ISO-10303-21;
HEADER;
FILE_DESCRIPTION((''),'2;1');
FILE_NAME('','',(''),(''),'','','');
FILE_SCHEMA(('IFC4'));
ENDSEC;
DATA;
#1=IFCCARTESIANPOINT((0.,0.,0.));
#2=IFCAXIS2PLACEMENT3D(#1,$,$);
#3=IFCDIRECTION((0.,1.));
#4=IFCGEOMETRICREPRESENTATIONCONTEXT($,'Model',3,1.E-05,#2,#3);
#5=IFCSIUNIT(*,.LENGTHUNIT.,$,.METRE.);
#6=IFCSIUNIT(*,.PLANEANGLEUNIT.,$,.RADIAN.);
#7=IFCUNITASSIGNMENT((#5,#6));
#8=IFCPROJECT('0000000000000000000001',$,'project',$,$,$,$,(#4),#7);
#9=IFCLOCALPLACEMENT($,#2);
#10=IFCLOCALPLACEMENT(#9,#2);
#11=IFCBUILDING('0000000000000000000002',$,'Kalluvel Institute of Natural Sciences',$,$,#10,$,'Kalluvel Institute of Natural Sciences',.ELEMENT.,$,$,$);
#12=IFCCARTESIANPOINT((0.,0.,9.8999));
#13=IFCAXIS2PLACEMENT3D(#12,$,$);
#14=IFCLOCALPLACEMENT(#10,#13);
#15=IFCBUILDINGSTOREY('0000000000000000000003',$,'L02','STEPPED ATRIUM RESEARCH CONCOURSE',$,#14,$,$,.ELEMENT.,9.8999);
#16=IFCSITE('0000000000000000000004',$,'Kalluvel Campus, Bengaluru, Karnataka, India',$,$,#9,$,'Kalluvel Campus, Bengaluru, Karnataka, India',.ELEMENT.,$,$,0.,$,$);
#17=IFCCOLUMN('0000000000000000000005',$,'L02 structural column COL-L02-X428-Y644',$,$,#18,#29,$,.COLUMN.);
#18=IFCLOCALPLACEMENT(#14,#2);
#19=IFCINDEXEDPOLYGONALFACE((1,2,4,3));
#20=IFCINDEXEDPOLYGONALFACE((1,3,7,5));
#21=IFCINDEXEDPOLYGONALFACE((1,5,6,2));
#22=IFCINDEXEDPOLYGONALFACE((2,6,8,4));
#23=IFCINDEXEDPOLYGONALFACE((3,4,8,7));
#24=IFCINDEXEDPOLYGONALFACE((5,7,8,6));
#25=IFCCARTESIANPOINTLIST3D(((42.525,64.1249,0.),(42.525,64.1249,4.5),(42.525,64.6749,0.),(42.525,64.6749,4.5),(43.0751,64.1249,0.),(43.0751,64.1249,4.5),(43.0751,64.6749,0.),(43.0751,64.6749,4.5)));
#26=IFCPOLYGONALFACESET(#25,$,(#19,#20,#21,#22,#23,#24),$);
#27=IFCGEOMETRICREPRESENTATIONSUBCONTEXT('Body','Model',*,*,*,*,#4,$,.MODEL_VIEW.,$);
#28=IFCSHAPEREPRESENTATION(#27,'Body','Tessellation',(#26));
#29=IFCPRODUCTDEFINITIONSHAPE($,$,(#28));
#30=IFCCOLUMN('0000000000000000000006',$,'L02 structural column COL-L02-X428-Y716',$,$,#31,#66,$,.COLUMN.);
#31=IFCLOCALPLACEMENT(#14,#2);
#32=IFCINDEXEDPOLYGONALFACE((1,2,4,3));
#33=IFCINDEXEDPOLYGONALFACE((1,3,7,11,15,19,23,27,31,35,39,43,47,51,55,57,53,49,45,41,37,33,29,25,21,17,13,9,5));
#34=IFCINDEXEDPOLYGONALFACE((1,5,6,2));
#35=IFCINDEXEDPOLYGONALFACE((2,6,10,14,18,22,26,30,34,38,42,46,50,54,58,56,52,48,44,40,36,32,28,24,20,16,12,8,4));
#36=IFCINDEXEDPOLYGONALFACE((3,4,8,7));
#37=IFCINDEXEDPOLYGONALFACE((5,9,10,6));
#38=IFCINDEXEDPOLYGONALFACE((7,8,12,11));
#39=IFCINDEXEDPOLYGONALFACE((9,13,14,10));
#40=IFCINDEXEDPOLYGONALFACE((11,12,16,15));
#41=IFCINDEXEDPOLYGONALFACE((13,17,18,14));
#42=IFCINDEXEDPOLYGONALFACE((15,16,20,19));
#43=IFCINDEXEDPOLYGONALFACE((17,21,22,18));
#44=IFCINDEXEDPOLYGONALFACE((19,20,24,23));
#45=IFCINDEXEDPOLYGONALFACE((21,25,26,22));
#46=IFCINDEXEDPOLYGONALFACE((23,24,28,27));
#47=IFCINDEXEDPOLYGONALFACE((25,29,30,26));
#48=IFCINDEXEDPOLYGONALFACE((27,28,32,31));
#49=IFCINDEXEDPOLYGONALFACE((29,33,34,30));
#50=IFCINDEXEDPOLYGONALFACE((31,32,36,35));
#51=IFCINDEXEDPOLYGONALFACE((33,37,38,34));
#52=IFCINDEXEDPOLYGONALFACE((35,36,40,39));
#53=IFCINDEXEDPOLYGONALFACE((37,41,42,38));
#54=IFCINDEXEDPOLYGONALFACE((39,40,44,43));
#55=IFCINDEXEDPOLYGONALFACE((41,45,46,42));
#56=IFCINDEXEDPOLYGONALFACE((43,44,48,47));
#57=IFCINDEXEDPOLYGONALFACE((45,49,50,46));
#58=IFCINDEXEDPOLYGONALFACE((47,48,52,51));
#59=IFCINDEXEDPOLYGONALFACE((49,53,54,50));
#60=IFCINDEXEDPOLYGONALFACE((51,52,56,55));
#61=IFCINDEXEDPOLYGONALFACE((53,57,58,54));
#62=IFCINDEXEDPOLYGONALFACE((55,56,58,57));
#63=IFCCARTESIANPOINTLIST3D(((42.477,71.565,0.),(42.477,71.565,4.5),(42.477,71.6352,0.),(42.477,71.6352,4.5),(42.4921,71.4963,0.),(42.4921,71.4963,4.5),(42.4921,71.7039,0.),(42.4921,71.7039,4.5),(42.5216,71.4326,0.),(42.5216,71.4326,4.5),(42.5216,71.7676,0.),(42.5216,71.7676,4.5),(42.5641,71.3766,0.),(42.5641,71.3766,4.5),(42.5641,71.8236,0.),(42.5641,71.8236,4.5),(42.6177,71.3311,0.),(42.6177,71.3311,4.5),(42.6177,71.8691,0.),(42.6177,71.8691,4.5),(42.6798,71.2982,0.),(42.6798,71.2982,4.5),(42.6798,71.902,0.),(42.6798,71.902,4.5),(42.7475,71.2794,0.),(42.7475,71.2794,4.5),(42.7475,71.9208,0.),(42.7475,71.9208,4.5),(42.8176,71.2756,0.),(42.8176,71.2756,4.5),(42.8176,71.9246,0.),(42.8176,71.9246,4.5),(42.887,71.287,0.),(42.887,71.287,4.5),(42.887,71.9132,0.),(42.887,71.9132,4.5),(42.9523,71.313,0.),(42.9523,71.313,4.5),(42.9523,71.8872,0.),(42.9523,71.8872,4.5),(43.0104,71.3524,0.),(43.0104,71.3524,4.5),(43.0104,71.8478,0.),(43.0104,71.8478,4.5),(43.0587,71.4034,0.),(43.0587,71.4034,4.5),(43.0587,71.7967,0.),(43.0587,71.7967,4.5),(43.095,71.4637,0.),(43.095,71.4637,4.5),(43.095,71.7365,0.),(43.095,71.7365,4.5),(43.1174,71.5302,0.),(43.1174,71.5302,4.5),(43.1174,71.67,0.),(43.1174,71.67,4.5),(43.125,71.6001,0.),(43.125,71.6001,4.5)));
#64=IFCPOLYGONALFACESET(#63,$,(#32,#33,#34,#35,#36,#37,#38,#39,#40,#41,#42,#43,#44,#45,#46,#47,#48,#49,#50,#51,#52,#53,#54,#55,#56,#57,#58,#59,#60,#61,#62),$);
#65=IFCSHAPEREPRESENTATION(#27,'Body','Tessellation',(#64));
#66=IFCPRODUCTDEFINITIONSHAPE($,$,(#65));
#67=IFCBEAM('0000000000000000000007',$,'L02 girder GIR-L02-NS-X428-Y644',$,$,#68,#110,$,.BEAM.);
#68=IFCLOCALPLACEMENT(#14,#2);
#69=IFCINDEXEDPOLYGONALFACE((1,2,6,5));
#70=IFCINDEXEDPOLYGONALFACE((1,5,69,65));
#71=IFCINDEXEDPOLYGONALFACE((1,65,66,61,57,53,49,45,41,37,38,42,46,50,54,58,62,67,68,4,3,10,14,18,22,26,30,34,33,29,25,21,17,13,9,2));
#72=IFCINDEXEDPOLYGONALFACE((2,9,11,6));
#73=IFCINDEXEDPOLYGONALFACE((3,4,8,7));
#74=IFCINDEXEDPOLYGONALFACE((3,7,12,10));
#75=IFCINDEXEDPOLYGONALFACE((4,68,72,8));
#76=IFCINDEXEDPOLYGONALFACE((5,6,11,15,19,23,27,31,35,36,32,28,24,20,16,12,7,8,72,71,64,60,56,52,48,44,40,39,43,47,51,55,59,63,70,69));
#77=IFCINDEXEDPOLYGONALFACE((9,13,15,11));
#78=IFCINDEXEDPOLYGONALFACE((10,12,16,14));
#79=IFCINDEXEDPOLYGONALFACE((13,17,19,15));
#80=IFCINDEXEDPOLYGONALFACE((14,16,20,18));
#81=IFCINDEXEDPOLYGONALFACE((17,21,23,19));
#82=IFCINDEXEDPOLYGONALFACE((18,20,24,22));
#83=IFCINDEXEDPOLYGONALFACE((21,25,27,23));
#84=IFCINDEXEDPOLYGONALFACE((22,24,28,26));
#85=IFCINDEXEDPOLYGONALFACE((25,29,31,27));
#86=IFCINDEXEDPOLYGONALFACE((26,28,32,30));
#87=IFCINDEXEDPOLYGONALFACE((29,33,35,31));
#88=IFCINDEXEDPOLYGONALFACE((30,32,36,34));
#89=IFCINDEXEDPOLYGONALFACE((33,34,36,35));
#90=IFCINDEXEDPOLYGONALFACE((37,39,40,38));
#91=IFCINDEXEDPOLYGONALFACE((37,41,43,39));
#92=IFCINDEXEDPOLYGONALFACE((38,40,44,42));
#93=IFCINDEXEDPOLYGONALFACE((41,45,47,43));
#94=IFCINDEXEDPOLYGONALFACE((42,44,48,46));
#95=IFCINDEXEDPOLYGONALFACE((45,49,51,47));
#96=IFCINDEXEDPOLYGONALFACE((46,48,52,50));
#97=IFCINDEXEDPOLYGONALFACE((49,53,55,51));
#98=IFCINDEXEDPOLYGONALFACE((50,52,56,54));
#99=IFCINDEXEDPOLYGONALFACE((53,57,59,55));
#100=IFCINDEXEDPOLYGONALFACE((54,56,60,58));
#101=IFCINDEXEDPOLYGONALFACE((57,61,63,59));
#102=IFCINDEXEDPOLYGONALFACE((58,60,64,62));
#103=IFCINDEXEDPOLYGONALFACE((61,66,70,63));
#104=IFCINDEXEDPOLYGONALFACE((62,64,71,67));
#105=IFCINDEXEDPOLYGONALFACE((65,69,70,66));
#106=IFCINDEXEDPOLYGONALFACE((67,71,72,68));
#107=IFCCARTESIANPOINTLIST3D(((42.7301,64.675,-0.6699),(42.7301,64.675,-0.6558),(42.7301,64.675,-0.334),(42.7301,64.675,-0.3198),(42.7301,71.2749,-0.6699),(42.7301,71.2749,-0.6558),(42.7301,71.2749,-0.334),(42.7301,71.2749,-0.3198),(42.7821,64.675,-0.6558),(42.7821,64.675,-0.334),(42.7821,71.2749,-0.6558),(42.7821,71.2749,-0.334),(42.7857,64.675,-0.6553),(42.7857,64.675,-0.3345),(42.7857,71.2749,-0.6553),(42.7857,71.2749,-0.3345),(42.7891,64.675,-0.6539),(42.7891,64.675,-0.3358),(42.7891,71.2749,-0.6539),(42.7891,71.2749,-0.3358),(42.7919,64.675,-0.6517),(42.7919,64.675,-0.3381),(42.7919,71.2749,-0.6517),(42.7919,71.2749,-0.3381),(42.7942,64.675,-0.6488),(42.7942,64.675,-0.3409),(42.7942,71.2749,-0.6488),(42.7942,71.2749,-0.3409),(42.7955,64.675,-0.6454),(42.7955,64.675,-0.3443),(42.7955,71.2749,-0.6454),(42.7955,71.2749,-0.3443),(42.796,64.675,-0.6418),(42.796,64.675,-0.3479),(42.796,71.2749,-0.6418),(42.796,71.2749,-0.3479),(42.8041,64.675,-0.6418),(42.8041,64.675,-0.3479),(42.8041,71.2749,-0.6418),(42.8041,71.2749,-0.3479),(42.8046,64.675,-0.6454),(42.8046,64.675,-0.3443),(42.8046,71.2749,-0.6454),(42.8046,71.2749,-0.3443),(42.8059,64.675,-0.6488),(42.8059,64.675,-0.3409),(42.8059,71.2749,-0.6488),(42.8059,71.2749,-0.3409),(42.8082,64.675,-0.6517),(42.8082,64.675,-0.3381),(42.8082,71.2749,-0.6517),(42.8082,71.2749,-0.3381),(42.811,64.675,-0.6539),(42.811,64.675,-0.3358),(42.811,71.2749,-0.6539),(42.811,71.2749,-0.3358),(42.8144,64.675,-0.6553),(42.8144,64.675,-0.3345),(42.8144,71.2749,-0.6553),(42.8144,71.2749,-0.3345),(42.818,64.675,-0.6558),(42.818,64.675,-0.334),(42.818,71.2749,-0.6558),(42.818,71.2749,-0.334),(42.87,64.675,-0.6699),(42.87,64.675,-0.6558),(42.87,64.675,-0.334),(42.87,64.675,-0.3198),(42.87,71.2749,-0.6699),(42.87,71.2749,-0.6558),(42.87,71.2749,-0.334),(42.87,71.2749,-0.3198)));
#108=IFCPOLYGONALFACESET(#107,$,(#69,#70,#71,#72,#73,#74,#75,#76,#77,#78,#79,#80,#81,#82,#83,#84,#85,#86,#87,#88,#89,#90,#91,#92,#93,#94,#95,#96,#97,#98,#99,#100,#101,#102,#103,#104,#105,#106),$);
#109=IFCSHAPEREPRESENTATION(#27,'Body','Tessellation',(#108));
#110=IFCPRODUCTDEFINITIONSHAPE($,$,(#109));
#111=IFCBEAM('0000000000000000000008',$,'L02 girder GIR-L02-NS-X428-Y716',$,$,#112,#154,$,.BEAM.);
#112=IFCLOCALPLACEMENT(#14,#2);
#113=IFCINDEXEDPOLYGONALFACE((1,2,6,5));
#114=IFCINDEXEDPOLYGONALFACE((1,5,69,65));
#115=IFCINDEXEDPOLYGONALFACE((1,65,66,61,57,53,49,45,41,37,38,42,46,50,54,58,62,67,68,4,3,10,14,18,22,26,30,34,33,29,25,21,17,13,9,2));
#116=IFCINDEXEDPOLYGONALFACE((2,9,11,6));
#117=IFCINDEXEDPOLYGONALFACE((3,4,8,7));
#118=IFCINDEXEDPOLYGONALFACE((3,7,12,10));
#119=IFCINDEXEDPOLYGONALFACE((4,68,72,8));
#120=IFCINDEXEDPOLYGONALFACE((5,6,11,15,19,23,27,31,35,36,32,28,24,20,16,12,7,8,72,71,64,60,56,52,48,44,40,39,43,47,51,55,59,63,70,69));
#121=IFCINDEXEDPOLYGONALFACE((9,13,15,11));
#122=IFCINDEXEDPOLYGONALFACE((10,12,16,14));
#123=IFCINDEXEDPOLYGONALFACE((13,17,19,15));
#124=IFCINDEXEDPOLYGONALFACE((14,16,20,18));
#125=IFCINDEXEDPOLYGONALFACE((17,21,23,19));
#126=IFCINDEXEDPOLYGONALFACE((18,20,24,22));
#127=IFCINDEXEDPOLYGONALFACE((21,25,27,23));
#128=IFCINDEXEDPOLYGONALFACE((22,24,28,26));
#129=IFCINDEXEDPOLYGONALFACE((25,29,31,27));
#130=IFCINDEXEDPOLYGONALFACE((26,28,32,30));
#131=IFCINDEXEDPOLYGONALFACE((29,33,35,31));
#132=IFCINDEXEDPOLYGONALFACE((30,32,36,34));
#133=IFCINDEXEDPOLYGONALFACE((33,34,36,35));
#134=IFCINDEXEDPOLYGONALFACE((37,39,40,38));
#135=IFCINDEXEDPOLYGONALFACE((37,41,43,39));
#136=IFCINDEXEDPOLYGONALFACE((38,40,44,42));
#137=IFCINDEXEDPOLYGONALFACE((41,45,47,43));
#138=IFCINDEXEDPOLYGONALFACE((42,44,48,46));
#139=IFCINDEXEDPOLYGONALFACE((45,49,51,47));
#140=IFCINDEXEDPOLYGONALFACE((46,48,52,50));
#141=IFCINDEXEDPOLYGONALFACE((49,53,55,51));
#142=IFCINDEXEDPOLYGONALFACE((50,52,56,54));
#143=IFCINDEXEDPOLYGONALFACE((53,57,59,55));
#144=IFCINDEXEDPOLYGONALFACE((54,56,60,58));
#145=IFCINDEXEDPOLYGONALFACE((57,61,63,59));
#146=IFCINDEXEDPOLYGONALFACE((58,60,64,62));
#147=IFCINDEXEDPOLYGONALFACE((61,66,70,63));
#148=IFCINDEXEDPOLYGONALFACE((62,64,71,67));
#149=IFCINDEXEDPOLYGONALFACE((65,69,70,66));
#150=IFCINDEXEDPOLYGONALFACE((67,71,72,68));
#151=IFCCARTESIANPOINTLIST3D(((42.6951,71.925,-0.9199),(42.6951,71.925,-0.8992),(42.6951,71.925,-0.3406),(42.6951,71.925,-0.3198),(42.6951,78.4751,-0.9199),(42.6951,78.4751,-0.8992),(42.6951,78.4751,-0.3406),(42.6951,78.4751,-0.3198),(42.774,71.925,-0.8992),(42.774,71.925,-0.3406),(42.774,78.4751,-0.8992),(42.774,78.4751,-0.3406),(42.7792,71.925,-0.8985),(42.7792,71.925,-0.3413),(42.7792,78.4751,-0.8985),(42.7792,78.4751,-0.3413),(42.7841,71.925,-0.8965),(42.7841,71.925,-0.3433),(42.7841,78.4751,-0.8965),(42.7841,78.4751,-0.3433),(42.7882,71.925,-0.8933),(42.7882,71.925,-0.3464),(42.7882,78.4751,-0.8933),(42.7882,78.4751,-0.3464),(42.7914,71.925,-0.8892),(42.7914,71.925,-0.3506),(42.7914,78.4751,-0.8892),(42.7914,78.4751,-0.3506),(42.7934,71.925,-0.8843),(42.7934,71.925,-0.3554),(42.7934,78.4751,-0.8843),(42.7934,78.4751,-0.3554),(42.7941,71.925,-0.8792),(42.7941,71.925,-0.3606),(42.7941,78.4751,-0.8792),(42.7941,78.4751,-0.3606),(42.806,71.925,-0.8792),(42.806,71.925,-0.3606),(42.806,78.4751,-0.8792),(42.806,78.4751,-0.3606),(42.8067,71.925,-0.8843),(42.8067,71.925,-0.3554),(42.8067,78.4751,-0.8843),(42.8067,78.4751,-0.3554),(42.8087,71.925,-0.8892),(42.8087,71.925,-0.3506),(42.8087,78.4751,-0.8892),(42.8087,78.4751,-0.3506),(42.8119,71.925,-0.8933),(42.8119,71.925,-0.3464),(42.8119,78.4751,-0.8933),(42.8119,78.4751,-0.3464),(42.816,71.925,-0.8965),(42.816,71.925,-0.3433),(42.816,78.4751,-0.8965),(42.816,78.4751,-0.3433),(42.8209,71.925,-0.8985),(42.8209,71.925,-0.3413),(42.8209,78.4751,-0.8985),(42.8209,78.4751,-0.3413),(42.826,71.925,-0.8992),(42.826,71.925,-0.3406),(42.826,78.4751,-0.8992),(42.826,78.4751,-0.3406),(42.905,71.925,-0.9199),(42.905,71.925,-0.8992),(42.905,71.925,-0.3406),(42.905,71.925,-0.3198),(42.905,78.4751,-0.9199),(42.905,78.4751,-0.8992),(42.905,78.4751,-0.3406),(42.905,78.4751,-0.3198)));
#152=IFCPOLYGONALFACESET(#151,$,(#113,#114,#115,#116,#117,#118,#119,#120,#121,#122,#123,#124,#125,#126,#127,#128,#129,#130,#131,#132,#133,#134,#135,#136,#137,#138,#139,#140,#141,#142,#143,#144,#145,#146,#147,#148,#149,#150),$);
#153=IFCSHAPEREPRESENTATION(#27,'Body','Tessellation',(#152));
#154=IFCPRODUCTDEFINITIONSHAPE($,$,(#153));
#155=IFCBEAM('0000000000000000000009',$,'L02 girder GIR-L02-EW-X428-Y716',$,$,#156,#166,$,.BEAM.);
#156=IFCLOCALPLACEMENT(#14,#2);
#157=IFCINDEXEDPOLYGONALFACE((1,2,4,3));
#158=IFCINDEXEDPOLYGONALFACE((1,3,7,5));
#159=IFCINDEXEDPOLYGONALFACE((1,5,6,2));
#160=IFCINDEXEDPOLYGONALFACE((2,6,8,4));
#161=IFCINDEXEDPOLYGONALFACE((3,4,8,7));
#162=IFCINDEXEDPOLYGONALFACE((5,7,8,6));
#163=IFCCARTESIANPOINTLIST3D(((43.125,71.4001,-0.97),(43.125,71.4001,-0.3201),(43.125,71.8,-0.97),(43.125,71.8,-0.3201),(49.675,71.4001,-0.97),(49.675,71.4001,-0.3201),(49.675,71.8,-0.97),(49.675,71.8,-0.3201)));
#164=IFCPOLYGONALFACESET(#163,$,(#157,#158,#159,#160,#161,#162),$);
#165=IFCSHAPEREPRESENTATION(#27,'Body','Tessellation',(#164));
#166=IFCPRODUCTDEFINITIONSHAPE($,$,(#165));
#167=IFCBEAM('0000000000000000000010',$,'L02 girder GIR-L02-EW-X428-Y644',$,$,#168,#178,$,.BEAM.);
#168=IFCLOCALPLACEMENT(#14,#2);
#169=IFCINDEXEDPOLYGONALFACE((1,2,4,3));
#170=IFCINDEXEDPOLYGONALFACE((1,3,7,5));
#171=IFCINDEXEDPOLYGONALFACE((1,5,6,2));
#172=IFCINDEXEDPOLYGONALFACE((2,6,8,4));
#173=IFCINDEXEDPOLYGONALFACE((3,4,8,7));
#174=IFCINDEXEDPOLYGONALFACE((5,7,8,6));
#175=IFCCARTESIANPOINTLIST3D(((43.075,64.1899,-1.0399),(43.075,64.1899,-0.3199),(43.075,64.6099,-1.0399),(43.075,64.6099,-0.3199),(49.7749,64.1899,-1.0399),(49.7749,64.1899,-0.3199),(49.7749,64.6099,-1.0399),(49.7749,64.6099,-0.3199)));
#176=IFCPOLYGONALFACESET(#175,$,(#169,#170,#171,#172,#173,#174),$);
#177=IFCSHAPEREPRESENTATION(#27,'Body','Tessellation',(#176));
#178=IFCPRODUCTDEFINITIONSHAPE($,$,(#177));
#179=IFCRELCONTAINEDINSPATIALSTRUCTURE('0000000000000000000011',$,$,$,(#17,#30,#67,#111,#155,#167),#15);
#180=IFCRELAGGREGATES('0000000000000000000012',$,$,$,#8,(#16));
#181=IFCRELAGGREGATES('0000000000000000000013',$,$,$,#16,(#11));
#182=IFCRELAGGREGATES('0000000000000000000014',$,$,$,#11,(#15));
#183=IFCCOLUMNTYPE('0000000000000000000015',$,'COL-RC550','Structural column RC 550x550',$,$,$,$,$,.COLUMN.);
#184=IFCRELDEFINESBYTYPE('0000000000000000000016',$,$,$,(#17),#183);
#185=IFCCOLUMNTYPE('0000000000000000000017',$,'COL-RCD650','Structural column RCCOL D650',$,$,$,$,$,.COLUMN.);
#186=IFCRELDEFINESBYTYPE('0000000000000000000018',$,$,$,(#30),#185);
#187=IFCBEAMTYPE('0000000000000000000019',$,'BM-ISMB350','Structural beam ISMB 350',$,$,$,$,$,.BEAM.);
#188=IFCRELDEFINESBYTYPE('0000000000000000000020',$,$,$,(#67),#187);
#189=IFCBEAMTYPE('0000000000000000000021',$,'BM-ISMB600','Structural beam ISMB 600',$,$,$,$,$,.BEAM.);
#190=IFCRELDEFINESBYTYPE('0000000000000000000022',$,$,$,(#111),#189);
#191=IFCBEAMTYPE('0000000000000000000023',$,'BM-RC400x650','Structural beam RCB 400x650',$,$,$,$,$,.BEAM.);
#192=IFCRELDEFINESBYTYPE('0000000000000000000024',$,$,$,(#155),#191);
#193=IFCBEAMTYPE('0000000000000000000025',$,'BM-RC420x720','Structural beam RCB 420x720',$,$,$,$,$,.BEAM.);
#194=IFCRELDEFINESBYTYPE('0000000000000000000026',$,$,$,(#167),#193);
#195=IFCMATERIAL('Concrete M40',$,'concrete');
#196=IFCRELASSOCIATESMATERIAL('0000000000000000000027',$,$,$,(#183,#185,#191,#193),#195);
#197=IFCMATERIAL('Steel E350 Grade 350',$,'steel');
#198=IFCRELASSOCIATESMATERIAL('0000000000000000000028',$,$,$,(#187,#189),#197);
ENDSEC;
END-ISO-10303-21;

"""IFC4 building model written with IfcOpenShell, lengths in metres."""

from ifc_helpers import new_model, si_unit, direction, frame, origin, origin_2d, place, context, subcontext, project, spatial, rectangle, circle, i_section, extrude, material, material_profile, profile_set, type_object, element, save


model = new_model("IFC4")

# Units and contexts
model_context = context("Model", 3, precision=1e-05, world=origin(), true_north=direction((0.0, 1.0)))
body_context = subcontext(model_context, "Body", "Model", "MODEL_VIEW")
ifc_project = project(units=[si_unit("LENGTHUNIT", "METRE"), si_unit("PLANEANGLEUNIT", "RADIAN")], contexts=[model_context])

# Site, building, storey
site_placement = place(None, origin())
site = spatial("IfcSite", under=ifc_project, at=site_placement, Name="Kalluvel Campus, Bengaluru, Karnataka, India", LongName="Kalluvel Campus, Bengaluru, Karnataka, India", CompositionType="ELEMENT", RefElevation=0.0)
building_placement = place(site_placement, origin())
building = spatial("IfcBuilding", under=site, at=building_placement, Name="Kalluvel Institute of Natural Sciences", LongName="Kalluvel Institute of Natural Sciences", CompositionType="ELEMENT")
storey_placement = place(building_placement, frame((0.0, 0.0, 9.8999)))
storey = spatial("IfcBuildingStorey", under=building, at=storey_placement, Name="L02", Description="STEPPED ATRIUM RESEARCH CONCOURSE", CompositionType="ELEMENT", Elevation=9.8999)

# Columns
ifc_material_1 = material(Name="Concrete M40", Category="concrete")
ifc_material_profile_1 = material_profile(ifc_material_1, rectangle(XDim=0.55, YDim=0.55, at=origin_2d()), Name="RC 550x550")
ifc_profile_set_1 = profile_set([ifc_material_profile_1], Name="Concrete M40")
column_type_1 = type_object("IfcColumnType", Name="COL-RC550", Description="Structural column RC 550x550", PredefinedType="COLUMN", material=ifc_profile_set_1)
column_1_placement = place(storey_placement, frame((42.8, 64.3999, 0.0), z_axis=(0.0, 0.0, 1.0), x_axis=(1.0, 0.0, 0.0)))
element("IfcColumn", 1, at=column_1_placement, inside=storey, type_object=column_type_1, Name="L02 structural column COL-L02-X428-Y644", PredefinedType="COLUMN", context=body_context, shape_type="SweptSolid", body=[
    extrude(rectangle(XDim=0.55, YDim=0.55, at=origin_2d()), origin(), (0.0, 0.0, 1.0), 4.5),
])
ifc_material_profile_2 = material_profile(ifc_material_1, circle(Radius=0.325, at=origin_2d()), Name="RCCOL D650")
ifc_profile_set_2 = profile_set([ifc_material_profile_2], Name="Concrete M40")
column_type_2 = type_object("IfcColumnType", Name="COL-RCD650", Description="Structural column RCCOL D650", PredefinedType="COLUMN", material=ifc_profile_set_2)
column_2_placement = place(storey_placement, frame((42.8, 71.6001, 0.0), z_axis=(0.0, 0.0, 1.0), x_axis=(1.0, 0.0, 0.0)))
element("IfcColumn", 2, at=column_2_placement, inside=storey, type_object=column_type_2, Name="L02 structural column COL-L02-X428-Y716", PredefinedType="COLUMN", context=body_context, shape_type="SweptSolid", body=[
    extrude(circle(Radius=0.325, at=origin_2d()), origin(), (0.0, 0.0, 1.0), 4.5),
])

# Beams
ifc_material_2 = material(Name="Steel E350 Grade 350", Category="steel")
ifc_material_profile_3 = material_profile(ifc_material_2, i_section(OverallWidth=0.1399, OverallDepth=0.3501, WebThickness=0.0081, FlangeThickness=0.0142, FilletRadius=0.0139, at=origin_2d()), Name="ISMB 350")
ifc_profile_set_3 = profile_set([ifc_material_profile_3], Name="Steel E350 Grade 350")
beam_type_1 = type_object("IfcBeamType", Name="BM-ISMB350", Description="Structural beam ISMB 350", PredefinedType="BEAM", material=ifc_profile_set_3)
beam_1_placement = place(storey_placement, frame((42.8, 64.675, -0.4949), z_axis=(0.0, 1.0, 0.0), x_axis=(-1.0, 0.0, 0.0)))
element("IfcBeam", 3, at=beam_1_placement, inside=storey, type_object=beam_type_1, Name="L02 girder GIR-L02-NS-X428-Y644", PredefinedType="BEAM", context=body_context, shape_type="SweptSolid", body=[
    extrude(i_section(OverallWidth=0.1399, OverallDepth=0.3501, WebThickness=0.0081, FlangeThickness=0.0142, FilletRadius=0.0139, at=origin_2d()), origin(), (0.0, 0.0, 1.0), 6.5999),
])
ifc_material_profile_4 = material_profile(ifc_material_2, i_section(OverallWidth=0.21, OverallDepth=0.6001, WebThickness=0.012, FlangeThickness=0.0208, FilletRadius=0.02, at=origin_2d()), Name="ISMB 600")
ifc_profile_set_4 = profile_set([ifc_material_profile_4], Name="Steel E350 Grade 350")
beam_type_2 = type_object("IfcBeamType", Name="BM-ISMB600", Description="Structural beam ISMB 600", PredefinedType="BEAM", material=ifc_profile_set_4)
beam_2_placement = place(storey_placement, frame((42.8, 71.925, -0.6199), z_axis=(0.0, 1.0, 0.0), x_axis=(-1.0, 0.0, 0.0)))
element("IfcBeam", 4, at=beam_2_placement, inside=storey, type_object=beam_type_2, Name="L02 girder GIR-L02-NS-X428-Y716", PredefinedType="BEAM", context=body_context, shape_type="SweptSolid", body=[
    extrude(i_section(OverallWidth=0.21, OverallDepth=0.6001, WebThickness=0.012, FlangeThickness=0.0208, FilletRadius=0.02, at=origin_2d()), origin(), (0.0, 0.0, 1.0), 6.55),
])
ifc_material_profile_5 = material_profile(ifc_material_1, rectangle(XDim=0.3999, YDim=0.6499, at=origin_2d()), Name="RCB 400x650")
ifc_profile_set_5 = profile_set([ifc_material_profile_5], Name="Concrete M40")
beam_type_3 = type_object("IfcBeamType", Name="BM-RC400x650", Description="Structural beam RCB 400x650", PredefinedType="BEAM", material=ifc_profile_set_5)
beam_3_placement = place(storey_placement, frame((43.125, 71.6001, -0.645), z_axis=(1.0, 0.0, 0.0), x_axis=(0.0, 1.0, 0.0)))
element("IfcBeam", 5, at=beam_3_placement, inside=storey, type_object=beam_type_3, Name="L02 girder GIR-L02-EW-X428-Y716", PredefinedType="BEAM", context=body_context, shape_type="SweptSolid", body=[
    extrude(rectangle(XDim=0.3999, YDim=0.6499, at=origin_2d()), origin(), (0.0, 0.0, 1.0), 6.55),
])
ifc_material_profile_6 = material_profile(ifc_material_1, rectangle(XDim=0.4199, YDim=0.72, at=origin_2d()), Name="RCB 420x720")
ifc_profile_set_6 = profile_set([ifc_material_profile_6], Name="Concrete M40")
beam_type_4 = type_object("IfcBeamType", Name="BM-RC420x720", Description="Structural beam RCB 420x720", PredefinedType="BEAM", material=ifc_profile_set_6)
beam_4_placement = place(storey_placement, frame((43.075, 64.3999, -0.6799), z_axis=(1.0, 0.0, 0.0), x_axis=(0.0, 1.0, 0.0)))
element("IfcBeam", 6, at=beam_4_placement, inside=storey, type_object=beam_type_4, Name="L02 girder GIR-L02-EW-X428-Y644", PredefinedType="BEAM", context=body_context, shape_type="SweptSolid", body=[
    extrude(rectangle(XDim=0.4199, YDim=0.72, at=origin_2d()), origin(), (0.0, 0.0, 1.0), 6.7),
])

save(model, "model.ifc")
